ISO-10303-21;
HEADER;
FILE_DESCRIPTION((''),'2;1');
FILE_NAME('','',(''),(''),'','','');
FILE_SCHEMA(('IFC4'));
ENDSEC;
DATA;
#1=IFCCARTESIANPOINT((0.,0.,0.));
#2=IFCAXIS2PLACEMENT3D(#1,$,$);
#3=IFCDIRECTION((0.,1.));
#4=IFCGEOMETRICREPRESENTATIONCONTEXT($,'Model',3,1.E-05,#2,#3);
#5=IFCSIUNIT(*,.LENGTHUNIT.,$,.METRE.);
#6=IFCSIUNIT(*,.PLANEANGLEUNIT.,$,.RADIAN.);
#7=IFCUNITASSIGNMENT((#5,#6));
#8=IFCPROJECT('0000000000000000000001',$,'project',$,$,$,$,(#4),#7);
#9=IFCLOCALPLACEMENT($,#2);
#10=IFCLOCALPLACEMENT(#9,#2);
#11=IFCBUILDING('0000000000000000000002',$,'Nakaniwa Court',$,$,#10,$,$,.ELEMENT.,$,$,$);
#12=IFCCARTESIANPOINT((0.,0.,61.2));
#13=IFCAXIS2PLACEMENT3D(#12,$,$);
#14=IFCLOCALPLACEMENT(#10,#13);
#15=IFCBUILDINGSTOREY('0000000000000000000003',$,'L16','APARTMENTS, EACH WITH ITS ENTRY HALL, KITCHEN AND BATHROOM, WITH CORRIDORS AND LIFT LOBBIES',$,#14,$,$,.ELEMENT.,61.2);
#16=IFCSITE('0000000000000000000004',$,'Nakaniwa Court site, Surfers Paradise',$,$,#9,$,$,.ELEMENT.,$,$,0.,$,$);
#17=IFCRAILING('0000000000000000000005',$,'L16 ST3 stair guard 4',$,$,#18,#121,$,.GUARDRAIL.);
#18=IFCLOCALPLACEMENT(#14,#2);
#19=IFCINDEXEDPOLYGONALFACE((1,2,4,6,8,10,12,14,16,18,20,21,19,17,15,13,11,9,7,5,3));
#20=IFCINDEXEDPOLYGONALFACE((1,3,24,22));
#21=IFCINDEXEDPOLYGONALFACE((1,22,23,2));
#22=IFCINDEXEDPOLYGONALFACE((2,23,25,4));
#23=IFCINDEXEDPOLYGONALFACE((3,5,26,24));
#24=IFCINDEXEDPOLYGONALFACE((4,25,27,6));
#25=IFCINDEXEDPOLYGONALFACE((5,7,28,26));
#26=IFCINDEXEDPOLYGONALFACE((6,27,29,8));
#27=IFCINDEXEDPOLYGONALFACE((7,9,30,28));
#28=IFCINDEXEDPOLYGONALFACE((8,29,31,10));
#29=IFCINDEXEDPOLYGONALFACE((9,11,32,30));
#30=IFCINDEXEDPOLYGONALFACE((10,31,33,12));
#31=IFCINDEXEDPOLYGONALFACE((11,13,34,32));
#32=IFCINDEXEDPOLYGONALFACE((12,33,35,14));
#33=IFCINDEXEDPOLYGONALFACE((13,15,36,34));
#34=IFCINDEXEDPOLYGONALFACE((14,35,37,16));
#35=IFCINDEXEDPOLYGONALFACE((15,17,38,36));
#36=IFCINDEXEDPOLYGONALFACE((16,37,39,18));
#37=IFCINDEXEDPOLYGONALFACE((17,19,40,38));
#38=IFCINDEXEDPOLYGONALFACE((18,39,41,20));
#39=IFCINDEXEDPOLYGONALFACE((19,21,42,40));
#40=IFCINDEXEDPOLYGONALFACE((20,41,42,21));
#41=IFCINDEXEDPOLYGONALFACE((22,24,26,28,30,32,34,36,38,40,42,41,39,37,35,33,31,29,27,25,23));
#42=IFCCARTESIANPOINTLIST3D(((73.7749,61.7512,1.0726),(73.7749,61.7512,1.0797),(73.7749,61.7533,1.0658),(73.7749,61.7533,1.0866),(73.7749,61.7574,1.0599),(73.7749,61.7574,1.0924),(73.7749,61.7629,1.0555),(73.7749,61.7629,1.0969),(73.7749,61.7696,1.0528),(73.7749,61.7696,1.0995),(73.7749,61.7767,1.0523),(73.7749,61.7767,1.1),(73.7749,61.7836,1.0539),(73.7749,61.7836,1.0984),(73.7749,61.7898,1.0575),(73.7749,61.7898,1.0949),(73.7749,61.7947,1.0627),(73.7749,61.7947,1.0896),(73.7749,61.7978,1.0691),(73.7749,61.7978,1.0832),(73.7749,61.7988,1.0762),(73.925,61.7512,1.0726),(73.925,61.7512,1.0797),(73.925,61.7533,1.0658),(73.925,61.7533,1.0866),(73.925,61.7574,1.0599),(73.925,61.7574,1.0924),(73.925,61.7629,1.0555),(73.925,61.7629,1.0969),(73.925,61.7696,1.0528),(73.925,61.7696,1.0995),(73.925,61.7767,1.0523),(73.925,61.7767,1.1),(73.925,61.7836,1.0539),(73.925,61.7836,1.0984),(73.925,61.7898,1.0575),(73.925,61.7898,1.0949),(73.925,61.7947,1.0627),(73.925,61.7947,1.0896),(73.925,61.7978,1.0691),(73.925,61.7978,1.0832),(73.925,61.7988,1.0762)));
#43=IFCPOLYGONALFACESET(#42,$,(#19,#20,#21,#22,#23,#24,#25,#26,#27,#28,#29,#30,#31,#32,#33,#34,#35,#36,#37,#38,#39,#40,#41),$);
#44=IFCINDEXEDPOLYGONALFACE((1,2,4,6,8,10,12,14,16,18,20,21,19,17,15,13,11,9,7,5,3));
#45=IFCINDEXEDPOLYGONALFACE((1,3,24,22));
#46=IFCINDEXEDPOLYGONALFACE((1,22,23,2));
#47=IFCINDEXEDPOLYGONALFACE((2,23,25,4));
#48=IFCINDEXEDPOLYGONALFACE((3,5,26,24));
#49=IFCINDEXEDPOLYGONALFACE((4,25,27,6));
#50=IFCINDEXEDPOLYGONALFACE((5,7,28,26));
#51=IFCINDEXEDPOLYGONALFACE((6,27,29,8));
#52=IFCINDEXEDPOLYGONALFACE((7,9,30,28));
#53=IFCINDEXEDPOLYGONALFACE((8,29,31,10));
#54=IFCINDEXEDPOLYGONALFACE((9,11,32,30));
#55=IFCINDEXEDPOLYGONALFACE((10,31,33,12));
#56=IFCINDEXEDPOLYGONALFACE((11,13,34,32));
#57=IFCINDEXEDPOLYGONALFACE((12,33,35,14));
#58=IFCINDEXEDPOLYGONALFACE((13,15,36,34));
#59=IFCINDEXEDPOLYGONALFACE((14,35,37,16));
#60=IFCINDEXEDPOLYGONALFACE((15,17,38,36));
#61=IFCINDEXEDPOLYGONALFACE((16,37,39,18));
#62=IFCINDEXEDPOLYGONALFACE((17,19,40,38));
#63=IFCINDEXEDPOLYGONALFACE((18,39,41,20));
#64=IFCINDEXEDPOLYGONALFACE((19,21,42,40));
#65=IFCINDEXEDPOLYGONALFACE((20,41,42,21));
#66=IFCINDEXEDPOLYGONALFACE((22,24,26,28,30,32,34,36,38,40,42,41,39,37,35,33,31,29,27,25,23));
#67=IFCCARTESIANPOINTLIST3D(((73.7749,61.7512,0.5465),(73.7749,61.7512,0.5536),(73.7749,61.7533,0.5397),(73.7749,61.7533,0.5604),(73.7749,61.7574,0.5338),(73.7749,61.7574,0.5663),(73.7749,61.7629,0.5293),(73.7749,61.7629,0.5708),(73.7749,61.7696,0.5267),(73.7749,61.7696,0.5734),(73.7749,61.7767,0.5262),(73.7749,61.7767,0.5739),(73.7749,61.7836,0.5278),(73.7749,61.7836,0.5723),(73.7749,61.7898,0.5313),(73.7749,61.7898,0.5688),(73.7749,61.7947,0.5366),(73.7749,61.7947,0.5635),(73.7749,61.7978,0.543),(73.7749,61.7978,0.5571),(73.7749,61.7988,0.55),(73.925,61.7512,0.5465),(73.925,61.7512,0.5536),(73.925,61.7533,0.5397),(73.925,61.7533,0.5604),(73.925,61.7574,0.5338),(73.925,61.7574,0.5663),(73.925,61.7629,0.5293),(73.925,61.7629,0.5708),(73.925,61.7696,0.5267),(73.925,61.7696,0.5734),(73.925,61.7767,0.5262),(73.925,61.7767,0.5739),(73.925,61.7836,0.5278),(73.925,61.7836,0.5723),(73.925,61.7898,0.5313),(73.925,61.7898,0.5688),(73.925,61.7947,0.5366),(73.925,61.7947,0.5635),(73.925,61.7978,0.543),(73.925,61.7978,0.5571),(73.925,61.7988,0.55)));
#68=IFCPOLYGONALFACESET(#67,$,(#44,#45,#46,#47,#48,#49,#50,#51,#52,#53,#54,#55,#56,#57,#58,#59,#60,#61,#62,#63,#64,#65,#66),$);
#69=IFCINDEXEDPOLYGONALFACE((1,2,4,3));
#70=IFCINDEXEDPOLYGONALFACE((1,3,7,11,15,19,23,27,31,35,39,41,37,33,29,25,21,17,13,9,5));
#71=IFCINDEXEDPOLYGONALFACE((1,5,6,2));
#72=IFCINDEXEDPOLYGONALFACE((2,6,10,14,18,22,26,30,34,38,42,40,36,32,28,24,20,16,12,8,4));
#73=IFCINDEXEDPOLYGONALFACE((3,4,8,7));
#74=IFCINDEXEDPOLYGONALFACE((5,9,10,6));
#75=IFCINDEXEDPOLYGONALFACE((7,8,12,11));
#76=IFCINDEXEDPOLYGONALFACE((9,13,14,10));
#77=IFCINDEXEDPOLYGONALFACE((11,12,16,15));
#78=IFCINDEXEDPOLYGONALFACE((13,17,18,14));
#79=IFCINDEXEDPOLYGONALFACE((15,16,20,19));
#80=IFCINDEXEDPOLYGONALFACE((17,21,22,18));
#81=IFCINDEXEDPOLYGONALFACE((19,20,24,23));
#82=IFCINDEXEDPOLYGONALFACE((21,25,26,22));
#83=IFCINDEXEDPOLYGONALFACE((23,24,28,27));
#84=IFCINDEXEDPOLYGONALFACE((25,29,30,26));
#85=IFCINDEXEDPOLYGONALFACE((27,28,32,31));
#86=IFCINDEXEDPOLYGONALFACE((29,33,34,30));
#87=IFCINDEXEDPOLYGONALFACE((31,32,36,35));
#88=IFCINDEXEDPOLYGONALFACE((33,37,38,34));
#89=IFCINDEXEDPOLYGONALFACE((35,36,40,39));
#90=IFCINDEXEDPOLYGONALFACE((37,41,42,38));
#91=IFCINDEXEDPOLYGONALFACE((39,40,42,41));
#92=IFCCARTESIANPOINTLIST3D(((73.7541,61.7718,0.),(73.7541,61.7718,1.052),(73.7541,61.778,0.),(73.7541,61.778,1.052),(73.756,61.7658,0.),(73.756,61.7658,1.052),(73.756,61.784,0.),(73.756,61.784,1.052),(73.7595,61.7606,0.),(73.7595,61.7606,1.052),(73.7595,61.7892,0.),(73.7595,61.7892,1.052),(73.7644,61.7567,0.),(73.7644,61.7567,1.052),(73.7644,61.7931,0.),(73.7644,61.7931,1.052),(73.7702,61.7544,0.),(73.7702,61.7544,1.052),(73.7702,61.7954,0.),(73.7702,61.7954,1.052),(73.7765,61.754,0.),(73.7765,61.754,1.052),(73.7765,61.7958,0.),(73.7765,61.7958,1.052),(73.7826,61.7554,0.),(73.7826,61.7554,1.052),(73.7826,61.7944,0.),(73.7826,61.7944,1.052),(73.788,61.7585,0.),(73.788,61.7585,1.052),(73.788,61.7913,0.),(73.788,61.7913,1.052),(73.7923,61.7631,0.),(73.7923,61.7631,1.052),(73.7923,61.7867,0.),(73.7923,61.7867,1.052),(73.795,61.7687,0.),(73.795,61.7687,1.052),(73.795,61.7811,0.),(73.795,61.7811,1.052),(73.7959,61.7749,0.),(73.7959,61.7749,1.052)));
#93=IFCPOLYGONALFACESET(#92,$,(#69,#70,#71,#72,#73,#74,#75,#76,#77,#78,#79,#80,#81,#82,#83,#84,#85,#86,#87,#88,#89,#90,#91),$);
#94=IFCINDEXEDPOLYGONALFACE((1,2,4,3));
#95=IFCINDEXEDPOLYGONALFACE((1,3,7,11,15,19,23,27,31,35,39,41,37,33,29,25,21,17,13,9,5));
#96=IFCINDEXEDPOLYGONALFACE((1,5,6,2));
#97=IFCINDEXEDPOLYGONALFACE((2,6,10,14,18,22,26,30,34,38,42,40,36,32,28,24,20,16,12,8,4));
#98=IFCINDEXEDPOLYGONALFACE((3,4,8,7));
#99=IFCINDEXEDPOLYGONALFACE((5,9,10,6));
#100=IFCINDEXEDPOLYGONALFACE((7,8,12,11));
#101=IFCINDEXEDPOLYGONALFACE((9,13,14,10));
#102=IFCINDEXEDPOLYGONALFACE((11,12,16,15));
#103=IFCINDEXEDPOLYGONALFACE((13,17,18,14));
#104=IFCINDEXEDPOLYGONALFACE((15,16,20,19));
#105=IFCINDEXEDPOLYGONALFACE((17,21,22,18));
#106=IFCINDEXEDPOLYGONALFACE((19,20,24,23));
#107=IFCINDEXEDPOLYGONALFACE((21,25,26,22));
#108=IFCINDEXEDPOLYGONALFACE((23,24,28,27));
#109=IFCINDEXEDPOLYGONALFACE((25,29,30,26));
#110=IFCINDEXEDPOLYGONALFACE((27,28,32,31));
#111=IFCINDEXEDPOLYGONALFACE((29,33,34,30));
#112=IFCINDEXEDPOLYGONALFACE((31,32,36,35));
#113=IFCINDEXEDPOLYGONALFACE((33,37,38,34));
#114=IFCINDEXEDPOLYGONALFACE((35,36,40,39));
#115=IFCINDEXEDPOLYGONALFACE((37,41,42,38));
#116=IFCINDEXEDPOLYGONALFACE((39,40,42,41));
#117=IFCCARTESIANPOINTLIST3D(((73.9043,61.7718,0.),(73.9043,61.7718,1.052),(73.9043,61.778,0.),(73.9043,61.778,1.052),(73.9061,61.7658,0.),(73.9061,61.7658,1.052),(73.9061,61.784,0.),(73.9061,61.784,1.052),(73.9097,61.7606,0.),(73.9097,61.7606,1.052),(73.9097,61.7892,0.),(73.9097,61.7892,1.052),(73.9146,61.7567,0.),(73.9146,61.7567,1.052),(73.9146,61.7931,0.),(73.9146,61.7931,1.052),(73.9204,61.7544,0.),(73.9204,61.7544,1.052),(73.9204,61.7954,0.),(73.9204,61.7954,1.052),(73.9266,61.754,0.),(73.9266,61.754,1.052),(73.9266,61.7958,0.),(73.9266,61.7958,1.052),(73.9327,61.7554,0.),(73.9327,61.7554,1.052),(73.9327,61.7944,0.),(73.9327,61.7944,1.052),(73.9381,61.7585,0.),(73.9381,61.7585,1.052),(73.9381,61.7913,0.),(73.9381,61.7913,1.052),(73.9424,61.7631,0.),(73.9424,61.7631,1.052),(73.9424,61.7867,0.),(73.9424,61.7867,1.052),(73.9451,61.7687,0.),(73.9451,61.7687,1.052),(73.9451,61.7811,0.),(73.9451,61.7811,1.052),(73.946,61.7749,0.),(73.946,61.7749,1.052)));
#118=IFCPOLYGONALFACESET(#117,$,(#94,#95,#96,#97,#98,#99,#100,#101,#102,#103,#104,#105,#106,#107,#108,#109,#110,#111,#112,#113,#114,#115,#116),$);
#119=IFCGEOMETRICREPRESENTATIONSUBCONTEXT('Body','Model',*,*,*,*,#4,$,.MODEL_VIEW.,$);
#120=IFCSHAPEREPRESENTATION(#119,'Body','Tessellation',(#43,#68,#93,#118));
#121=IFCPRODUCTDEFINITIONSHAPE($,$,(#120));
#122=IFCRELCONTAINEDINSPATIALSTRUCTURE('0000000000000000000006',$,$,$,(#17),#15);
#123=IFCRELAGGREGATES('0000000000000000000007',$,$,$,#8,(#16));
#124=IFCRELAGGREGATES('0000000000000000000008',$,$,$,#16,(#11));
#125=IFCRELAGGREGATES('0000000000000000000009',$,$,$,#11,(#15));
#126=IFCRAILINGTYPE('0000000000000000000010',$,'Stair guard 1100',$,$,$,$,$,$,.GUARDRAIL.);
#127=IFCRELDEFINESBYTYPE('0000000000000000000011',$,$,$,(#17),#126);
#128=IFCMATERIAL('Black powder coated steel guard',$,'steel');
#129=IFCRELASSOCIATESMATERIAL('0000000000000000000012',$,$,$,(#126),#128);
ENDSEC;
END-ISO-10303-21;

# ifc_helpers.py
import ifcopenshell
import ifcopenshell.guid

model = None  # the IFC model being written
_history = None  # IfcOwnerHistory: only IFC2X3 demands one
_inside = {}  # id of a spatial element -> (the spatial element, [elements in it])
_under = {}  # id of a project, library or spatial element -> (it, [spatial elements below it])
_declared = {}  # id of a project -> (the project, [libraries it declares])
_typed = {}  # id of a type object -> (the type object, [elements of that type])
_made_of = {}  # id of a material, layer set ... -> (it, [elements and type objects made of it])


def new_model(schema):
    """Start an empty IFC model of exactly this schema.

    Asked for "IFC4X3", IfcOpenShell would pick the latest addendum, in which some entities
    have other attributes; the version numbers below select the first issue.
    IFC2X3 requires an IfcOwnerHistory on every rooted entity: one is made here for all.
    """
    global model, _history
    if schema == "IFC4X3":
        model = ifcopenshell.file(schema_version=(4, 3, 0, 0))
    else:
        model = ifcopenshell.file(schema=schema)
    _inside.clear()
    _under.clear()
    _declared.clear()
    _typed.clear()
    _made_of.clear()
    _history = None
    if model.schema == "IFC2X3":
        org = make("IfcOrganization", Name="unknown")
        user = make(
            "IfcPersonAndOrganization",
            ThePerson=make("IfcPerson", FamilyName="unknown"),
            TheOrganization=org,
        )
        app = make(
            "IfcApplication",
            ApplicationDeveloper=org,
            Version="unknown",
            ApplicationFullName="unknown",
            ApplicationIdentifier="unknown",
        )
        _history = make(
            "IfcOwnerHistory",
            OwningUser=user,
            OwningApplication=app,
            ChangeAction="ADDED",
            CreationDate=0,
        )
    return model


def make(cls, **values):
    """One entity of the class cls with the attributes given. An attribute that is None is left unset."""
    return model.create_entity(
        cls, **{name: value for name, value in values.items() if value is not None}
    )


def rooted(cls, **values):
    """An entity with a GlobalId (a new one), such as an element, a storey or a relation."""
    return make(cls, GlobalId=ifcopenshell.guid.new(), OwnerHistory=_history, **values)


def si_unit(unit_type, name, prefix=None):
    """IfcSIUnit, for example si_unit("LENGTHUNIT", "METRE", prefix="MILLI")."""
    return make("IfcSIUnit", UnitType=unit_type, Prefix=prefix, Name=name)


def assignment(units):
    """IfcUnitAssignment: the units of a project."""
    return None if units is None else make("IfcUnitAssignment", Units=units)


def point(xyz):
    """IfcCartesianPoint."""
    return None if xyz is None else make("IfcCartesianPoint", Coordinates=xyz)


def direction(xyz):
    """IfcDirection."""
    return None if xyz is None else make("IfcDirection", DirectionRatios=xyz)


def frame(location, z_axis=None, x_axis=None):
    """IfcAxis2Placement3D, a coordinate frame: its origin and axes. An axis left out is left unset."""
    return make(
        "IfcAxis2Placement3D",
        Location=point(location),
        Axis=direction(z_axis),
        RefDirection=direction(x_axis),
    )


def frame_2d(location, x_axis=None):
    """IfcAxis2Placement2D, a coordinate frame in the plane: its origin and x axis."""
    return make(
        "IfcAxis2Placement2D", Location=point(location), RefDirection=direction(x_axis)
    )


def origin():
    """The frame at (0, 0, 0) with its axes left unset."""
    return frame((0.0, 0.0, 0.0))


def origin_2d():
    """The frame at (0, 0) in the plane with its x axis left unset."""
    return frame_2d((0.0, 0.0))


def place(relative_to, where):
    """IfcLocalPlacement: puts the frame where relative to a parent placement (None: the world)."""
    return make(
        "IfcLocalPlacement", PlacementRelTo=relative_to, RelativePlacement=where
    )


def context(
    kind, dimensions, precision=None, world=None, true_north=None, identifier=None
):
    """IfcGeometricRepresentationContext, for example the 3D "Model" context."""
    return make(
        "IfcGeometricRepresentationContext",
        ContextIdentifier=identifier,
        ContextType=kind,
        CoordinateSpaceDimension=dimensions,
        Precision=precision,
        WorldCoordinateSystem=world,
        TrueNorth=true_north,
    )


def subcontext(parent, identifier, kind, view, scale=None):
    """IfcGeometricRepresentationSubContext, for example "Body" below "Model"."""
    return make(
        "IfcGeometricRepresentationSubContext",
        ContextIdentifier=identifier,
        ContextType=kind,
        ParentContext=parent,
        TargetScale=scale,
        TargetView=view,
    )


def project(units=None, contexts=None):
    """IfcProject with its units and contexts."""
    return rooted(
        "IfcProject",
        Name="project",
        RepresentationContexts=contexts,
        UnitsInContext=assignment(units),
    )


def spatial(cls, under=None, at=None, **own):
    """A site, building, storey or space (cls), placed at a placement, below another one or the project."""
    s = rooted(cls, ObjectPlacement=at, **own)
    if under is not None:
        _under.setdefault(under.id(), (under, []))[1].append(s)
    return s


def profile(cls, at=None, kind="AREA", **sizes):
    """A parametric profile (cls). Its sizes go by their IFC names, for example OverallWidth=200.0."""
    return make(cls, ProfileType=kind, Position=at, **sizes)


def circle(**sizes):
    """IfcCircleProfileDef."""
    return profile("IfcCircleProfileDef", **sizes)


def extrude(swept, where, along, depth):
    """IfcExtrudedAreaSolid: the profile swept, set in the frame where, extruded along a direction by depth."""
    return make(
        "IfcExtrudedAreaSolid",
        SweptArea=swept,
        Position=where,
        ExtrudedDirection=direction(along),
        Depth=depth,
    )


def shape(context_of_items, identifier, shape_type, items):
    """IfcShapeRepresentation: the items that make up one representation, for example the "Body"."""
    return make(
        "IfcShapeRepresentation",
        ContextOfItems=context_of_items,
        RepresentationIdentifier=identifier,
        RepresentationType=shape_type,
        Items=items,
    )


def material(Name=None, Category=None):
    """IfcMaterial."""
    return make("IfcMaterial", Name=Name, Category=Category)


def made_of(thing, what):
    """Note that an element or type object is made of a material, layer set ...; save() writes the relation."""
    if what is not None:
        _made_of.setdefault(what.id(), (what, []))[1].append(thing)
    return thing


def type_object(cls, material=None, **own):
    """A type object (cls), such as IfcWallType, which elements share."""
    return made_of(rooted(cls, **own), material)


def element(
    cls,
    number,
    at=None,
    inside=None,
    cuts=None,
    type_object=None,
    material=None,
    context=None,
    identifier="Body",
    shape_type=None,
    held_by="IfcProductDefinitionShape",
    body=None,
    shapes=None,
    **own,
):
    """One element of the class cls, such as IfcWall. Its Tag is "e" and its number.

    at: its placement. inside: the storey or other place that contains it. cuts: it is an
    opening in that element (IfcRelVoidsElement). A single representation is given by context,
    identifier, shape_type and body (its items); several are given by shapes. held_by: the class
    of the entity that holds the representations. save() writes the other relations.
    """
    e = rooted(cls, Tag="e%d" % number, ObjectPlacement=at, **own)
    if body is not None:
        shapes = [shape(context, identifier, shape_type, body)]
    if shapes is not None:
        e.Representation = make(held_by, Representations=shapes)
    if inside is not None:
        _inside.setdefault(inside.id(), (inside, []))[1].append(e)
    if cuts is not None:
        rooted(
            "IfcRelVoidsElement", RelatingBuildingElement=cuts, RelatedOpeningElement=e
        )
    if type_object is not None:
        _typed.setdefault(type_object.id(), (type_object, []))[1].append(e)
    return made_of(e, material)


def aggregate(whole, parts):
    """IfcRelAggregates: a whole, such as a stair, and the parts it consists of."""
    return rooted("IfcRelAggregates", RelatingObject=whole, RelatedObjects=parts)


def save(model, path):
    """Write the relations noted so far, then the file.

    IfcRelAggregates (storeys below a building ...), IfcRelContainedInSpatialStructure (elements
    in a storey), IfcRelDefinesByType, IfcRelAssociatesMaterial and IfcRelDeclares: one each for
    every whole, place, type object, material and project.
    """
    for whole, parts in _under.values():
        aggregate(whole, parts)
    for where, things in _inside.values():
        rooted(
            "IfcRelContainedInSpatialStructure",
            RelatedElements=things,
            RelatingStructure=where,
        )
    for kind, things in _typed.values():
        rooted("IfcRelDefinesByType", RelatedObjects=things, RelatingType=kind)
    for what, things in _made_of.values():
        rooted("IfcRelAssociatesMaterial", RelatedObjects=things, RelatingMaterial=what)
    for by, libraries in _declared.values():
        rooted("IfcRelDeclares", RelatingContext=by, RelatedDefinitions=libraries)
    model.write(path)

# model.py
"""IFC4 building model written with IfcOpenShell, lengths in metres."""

from ifc_helpers import new_model, si_unit, direction, frame, origin, origin_2d, place, context, subcontext, project, spatial, circle, extrude, material, type_object, element, save


model = new_model("IFC4")

# Units and contexts
model_context = context("Model", 3, precision=1e-05, world=origin(), true_north=direction((0.0, 1.0)))
body_context = subcontext(model_context, "Body", "Model", "MODEL_VIEW")
ifc_project = project(units=[si_unit("LENGTHUNIT", "METRE"), si_unit("PLANEANGLEUNIT", "RADIAN")], contexts=[model_context])

# Site, building, storey
site_placement = place(None, origin())
site = spatial("IfcSite", under=ifc_project, at=site_placement, Name="Nakaniwa Court site, Surfers Paradise", CompositionType="ELEMENT", RefElevation=0.0)
building_placement = place(site_placement, origin())
building = spatial("IfcBuilding", under=site, at=building_placement, Name="Nakaniwa Court", CompositionType="ELEMENT")
storey_placement = place(building_placement, frame((0.0, 0.0, 61.2)))
storey = spatial("IfcBuildingStorey", under=building, at=storey_placement, Name="L16", Description="APARTMENTS, EACH WITH ITS ENTRY HALL, KITCHEN AND BATHROOM, WITH CORRIDORS AND LIFT LOBBIES", CompositionType="ELEMENT", Elevation=61.2)

# Railing
ifc_material_1 = material(Name="Black powder coated steel guard", Category="steel")
railing_type_1 = type_object("IfcRailingType", Name="Stair guard 1100", PredefinedType="GUARDRAIL", material=ifc_material_1)
railing_1_placement = place(storey_placement, frame((73.7749, 61.7749, 0.0)))
element("IfcRailing", 1, at=railing_1_placement, inside=storey, type_object=railing_type_1, Name="L16 ST3 stair guard 4", PredefinedType="GUARDRAIL", context=body_context, shape_type="SweptSolid", body=[
    extrude(circle(Radius=0.0239, at=origin_2d()), frame((0.0, 0.0, 1.0762), z_axis=(1.0, 0.0, 0.0), x_axis=(0.0, 1.0, 0.0)), (0.0, 0.0, 1.0), 0.1501),
    extrude(circle(Radius=0.0239, at=origin_2d()), frame((0.0, 0.0, 0.55), z_axis=(1.0, 0.0, 0.0), x_axis=(0.0, 1.0, 0.0)), (0.0, 0.0, 1.0), 0.1501),
    extrude(circle(Radius=0.021, at=origin_2d()), origin(), (0.0, 0.0, 1.0), 1.052),
    extrude(circle(Radius=0.021, at=origin_2d()), frame((0.1501, 0.0, 0.0)), (0.0, 0.0, 1.0), 1.052),
])

save(model, "model.ifc")
